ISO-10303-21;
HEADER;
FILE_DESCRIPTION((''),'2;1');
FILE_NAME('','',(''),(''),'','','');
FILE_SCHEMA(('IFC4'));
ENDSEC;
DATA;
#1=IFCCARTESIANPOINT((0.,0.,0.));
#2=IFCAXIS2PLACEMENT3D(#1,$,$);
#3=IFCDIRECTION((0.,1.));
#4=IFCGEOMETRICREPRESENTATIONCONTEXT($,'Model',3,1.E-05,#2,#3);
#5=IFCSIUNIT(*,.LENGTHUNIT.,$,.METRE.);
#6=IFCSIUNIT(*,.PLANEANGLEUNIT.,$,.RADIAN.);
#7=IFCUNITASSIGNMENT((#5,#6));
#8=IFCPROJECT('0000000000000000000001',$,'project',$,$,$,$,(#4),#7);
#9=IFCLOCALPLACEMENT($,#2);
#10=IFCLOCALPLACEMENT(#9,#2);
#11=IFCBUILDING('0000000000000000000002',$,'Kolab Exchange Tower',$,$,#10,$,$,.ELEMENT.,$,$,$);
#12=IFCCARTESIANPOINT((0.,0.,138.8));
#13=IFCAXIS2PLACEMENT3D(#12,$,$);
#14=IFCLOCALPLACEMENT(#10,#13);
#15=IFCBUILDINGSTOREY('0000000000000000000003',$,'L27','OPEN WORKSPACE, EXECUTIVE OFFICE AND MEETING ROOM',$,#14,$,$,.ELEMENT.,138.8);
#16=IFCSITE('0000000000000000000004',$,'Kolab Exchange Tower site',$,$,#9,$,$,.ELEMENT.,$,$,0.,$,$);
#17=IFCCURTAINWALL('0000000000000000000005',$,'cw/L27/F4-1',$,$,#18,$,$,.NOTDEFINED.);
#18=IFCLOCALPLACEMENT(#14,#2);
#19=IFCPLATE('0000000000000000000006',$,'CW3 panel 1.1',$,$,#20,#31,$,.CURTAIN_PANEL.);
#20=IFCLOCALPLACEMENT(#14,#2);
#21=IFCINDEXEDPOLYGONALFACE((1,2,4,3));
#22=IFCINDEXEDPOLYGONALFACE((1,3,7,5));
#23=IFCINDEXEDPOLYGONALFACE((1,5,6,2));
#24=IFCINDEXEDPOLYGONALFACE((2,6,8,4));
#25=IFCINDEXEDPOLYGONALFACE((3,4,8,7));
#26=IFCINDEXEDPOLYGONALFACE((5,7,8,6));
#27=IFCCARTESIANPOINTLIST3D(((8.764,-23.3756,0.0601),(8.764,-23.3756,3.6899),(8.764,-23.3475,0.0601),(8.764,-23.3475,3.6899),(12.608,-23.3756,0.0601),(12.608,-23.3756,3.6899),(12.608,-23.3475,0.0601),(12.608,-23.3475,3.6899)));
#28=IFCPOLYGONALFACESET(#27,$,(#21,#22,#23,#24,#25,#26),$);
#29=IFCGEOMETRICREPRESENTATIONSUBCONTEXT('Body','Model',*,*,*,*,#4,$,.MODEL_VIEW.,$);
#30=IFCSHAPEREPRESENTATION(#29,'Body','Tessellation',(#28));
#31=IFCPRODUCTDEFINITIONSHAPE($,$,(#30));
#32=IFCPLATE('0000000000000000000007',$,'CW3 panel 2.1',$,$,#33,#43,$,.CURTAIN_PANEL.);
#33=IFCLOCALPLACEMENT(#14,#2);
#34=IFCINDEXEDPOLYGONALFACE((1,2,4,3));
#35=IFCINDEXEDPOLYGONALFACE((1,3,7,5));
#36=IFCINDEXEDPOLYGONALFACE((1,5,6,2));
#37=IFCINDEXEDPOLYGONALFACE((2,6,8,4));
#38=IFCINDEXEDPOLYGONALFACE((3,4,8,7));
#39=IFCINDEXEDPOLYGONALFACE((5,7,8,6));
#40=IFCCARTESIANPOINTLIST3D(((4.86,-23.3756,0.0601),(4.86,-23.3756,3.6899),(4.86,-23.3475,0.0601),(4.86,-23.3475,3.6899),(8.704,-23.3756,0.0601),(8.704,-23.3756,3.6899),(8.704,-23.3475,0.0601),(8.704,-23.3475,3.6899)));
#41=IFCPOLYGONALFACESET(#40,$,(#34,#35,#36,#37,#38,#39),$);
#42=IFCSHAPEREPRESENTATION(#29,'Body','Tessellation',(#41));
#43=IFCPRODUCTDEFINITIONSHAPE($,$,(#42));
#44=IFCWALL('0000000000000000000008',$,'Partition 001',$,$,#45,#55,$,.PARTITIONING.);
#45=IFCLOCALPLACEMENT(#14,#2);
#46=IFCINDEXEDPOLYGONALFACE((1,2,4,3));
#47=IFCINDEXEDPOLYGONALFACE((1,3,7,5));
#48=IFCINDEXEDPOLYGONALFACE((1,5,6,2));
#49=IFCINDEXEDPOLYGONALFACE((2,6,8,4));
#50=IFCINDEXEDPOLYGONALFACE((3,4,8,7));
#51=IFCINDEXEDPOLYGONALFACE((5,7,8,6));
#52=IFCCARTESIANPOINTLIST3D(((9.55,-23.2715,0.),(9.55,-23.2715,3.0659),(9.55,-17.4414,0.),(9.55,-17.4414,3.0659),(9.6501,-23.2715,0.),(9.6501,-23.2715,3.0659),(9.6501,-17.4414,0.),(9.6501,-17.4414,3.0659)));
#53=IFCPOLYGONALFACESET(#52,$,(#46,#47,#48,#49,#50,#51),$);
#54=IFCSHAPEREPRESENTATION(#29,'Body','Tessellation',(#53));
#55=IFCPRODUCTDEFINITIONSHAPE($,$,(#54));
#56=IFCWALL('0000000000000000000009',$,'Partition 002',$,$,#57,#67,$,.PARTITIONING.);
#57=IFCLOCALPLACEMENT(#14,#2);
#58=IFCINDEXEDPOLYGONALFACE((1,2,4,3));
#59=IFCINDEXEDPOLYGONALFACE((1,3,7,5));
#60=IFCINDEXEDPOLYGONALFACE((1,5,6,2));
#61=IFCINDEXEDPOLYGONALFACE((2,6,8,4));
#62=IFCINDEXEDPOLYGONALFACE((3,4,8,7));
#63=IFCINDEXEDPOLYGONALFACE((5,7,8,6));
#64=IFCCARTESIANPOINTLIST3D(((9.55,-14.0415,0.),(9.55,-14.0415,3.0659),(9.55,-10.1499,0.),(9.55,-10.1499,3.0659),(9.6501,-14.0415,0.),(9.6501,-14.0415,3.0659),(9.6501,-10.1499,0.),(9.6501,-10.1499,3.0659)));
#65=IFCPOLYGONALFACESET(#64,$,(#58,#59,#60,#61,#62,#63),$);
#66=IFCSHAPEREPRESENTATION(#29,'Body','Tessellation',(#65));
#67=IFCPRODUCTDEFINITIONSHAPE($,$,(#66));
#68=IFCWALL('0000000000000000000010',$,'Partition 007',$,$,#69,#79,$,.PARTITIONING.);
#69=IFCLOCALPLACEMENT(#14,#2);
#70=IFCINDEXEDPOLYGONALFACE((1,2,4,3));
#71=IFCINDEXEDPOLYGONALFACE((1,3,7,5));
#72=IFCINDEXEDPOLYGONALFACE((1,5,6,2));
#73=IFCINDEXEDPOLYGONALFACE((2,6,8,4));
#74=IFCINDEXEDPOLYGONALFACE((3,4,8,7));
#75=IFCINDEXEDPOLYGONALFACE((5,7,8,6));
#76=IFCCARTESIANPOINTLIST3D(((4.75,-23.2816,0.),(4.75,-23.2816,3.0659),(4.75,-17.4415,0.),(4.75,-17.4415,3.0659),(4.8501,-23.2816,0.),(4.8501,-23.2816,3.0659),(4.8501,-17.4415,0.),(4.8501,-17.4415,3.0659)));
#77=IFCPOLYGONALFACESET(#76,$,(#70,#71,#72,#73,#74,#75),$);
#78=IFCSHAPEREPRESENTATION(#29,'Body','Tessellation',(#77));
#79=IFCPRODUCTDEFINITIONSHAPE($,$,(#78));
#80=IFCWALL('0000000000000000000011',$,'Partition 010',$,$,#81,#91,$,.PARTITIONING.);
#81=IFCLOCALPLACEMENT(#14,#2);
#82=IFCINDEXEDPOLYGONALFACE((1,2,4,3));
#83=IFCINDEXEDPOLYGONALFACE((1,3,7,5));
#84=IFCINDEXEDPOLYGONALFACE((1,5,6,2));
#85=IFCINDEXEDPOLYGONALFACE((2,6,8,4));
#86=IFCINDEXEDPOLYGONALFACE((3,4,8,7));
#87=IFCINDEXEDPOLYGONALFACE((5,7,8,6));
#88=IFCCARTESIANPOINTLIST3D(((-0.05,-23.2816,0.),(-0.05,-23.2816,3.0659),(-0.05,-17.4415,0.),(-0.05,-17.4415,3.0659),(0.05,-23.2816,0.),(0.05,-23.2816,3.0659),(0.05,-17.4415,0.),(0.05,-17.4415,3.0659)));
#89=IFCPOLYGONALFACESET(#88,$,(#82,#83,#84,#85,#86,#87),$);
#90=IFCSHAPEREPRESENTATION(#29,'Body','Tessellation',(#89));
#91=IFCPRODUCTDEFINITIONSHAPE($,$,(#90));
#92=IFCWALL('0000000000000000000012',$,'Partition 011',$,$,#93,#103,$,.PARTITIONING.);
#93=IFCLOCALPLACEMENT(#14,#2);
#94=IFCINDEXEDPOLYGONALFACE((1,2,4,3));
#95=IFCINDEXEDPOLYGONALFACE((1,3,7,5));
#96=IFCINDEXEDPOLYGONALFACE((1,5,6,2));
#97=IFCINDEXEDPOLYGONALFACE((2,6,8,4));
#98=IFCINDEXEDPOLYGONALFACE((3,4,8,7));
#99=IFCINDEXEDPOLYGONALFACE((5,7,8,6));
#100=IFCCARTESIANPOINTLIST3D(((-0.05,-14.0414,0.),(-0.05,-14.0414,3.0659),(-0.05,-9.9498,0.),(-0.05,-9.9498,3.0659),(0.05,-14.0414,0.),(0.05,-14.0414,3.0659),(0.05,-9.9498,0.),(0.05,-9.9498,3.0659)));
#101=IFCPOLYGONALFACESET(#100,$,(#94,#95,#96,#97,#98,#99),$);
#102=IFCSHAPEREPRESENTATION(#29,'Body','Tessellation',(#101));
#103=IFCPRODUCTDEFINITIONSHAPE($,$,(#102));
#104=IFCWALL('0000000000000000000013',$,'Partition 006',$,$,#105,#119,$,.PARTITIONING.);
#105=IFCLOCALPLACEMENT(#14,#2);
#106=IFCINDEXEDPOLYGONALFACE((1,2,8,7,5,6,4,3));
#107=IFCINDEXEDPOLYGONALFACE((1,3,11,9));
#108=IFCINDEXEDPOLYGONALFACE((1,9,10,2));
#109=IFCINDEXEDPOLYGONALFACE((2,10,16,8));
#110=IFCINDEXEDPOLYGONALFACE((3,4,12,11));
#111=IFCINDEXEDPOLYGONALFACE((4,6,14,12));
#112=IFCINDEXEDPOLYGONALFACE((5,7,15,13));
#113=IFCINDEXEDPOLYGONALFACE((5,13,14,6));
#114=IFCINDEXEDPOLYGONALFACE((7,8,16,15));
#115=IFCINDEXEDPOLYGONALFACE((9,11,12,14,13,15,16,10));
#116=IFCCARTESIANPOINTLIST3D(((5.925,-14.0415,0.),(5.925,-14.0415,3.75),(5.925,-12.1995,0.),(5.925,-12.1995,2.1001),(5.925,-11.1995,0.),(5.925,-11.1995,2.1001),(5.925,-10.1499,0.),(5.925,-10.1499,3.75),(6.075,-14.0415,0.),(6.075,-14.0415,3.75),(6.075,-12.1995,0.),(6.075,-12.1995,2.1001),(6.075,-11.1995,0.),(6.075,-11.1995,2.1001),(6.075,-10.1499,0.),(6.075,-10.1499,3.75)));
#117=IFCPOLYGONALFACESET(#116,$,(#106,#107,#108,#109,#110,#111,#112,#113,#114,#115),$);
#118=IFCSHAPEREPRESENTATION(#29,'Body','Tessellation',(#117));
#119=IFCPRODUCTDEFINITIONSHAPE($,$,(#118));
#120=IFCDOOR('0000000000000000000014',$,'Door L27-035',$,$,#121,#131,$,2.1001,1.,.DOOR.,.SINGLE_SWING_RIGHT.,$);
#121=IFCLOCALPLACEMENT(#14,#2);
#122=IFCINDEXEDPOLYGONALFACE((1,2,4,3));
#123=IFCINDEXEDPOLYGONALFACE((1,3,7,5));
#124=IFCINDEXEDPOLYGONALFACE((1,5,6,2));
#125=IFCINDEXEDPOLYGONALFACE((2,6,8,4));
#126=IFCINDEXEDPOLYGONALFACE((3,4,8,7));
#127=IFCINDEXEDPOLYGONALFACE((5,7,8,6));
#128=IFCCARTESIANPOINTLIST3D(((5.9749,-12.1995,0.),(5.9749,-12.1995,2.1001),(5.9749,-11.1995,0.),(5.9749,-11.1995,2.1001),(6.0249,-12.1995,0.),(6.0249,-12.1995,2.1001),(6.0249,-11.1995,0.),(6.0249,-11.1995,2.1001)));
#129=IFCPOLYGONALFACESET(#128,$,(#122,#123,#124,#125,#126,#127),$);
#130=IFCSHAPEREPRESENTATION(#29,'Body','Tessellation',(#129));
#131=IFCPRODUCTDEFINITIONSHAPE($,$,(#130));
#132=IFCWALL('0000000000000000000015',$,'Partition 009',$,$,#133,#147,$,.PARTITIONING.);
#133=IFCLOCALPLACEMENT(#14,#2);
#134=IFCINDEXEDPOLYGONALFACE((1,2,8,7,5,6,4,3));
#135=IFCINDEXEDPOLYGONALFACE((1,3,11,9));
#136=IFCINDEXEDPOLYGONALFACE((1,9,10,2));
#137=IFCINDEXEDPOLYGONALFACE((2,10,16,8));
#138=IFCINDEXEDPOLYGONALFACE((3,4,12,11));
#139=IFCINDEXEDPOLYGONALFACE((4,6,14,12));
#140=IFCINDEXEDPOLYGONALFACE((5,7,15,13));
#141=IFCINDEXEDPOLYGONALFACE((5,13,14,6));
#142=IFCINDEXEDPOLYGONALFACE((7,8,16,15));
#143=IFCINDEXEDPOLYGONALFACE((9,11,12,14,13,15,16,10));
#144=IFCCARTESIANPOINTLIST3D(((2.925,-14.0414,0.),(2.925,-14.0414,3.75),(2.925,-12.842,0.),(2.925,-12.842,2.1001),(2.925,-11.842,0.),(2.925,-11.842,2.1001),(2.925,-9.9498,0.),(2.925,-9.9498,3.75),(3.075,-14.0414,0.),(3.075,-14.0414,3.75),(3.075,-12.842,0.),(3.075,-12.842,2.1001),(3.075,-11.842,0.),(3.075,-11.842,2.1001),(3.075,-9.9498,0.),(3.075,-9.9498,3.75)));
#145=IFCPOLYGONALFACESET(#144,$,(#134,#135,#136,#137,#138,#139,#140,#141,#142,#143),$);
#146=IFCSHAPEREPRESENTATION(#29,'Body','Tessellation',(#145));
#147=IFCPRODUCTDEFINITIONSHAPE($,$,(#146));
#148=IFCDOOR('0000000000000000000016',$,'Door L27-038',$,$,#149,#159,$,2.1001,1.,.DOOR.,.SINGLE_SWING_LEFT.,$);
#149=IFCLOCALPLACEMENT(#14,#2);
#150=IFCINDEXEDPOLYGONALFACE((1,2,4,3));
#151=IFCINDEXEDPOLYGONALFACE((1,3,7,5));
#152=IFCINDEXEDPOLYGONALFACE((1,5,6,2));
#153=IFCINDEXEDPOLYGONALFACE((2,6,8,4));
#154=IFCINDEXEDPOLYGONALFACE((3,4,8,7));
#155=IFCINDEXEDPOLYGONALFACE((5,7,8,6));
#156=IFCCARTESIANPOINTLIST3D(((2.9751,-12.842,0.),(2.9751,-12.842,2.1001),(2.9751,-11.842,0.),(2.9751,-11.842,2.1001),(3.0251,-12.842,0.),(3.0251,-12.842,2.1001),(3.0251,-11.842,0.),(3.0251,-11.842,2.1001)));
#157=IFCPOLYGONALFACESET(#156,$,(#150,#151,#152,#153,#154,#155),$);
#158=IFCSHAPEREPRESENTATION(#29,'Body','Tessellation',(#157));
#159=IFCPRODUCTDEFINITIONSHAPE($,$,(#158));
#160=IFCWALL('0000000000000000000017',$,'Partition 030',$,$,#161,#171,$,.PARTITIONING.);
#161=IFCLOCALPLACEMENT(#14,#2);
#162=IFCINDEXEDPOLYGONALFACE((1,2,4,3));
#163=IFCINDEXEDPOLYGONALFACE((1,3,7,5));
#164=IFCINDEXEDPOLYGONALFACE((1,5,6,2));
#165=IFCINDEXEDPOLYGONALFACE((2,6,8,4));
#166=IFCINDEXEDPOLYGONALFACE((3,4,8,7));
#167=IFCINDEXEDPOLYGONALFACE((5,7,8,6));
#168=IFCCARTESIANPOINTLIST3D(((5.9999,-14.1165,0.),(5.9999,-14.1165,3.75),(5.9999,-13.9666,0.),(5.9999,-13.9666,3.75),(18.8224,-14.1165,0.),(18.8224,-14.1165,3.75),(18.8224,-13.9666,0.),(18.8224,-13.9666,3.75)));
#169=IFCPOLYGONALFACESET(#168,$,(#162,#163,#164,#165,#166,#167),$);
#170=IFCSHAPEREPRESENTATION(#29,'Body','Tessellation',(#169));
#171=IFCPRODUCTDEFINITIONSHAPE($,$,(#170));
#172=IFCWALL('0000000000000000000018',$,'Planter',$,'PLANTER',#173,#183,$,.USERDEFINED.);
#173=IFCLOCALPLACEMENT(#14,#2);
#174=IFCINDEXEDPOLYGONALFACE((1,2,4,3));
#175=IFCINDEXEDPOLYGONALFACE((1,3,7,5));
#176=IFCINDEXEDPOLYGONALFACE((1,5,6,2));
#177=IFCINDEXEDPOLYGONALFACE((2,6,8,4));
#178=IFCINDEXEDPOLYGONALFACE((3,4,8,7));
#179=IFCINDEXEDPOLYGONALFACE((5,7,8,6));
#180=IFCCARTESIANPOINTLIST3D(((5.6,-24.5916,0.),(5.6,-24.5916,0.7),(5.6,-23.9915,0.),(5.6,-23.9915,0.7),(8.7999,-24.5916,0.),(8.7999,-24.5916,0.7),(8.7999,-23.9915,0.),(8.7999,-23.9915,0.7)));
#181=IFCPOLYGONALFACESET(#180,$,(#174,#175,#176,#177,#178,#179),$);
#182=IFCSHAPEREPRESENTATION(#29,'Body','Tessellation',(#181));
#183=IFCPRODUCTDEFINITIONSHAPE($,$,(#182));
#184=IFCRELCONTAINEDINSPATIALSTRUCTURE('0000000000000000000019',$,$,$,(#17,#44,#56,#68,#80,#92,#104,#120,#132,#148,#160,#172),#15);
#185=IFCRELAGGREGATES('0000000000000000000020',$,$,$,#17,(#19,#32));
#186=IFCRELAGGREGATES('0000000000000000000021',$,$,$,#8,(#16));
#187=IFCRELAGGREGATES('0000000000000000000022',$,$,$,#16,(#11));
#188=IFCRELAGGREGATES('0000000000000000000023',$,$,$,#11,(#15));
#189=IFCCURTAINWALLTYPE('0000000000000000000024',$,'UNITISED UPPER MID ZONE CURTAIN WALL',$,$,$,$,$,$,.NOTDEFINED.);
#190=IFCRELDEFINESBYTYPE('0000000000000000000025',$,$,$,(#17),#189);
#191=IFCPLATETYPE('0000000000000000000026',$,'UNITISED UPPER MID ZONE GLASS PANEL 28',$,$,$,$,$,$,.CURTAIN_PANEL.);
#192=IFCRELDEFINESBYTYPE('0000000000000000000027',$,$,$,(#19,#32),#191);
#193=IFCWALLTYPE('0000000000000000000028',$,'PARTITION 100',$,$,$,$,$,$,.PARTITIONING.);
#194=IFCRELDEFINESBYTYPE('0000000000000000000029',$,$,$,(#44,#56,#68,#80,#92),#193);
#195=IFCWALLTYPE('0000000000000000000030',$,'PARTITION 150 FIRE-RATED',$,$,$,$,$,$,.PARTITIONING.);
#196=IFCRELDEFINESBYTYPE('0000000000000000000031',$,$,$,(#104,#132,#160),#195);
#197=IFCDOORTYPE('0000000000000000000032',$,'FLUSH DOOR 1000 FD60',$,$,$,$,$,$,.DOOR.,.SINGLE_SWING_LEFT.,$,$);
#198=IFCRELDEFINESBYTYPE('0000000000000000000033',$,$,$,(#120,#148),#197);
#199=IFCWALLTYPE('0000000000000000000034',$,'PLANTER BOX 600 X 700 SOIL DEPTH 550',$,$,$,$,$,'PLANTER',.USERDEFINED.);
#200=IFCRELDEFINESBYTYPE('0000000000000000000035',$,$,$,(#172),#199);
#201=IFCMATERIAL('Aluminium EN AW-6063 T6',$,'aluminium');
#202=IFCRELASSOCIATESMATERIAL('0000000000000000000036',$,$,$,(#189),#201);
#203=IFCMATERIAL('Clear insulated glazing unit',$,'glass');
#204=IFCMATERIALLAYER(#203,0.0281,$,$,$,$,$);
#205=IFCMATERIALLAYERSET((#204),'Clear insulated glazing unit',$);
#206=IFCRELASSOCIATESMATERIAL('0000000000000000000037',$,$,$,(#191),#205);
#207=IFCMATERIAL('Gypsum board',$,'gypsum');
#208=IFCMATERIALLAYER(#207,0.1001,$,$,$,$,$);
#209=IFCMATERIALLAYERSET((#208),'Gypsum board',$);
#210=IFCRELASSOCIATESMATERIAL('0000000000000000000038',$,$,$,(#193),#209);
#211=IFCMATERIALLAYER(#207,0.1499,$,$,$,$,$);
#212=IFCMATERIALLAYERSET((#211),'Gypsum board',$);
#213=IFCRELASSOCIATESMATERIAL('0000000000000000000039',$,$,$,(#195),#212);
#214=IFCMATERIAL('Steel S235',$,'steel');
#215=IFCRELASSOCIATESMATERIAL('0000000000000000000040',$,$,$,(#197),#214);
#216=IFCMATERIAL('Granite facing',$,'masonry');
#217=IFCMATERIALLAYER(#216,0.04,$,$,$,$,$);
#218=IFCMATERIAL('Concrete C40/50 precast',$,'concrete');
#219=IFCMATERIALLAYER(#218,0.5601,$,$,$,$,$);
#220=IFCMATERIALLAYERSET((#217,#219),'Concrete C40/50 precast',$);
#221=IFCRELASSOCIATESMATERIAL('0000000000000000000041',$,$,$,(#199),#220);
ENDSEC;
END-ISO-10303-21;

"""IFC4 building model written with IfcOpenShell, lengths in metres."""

from ifc_helpers import new_model, si_unit, direction, frame, frame_2d, origin, origin_2d, place, context, subcontext, project, spatial, rectangle, extrude, material, layer, layer_set, type_object, element, fill, aggregate, save


model = new_model("IFC4")

# Units and contexts
model_context = context("Model", 3, precision=1e-05, world=origin(), true_north=direction((0.0, 1.0)))
body_context = subcontext(model_context, "Body", "Model", "MODEL_VIEW")
ifc_project = project(units=[si_unit("LENGTHUNIT", "METRE"), si_unit("PLANEANGLEUNIT", "RADIAN")], contexts=[model_context])

# Site, building, storey
site_placement = place(None, origin())
site = spatial("IfcSite", under=ifc_project, at=site_placement, Name="Kolab Exchange Tower site", CompositionType="ELEMENT", RefElevation=0.0)
building_placement = place(site_placement, origin())
building = spatial("IfcBuilding", under=site, at=building_placement, Name="Kolab Exchange Tower", CompositionType="ELEMENT")
storey_placement = place(building_placement, frame((0.0, 0.0, 138.8)))
storey = spatial("IfcBuildingStorey", under=building, at=storey_placement, Name="L27", Description="OPEN WORKSPACE, EXECUTIVE OFFICE AND MEETING ROOM", CompositionType="ELEMENT", Elevation=138.8)

# Curtain wall, plates
ifc_material_1 = material(Name="Aluminium EN AW-6063 T6", Category="aluminium")
curtain_wall_type = type_object("IfcCurtainWallType", Name="UNITISED UPPER MID ZONE CURTAIN WALL", PredefinedType="NOTDEFINED", material=ifc_material_1)
curtain_wall_placement = place(storey_placement, origin())
curtain_wall = element("IfcCurtainWall", 1, at=curtain_wall_placement, inside=storey, type_object=curtain_wall_type, Name="cw/L27/F4-1", PredefinedType="NOTDEFINED")
ifc_material_2 = material(Name="Clear insulated glazing unit", Category="glass")
ifc_layer_1 = layer(ifc_material_2, 0.0281)
ifc_layer_set_1 = layer_set([ifc_layer_1], Name="Clear insulated glazing unit")
plate_type = type_object("IfcPlateType", Name="UNITISED UPPER MID ZONE GLASS PANEL 28", PredefinedType="CURTAIN_PANEL", material=ifc_layer_set_1)
plate_1_placement = place(storey_placement, frame((10.686, -23.3616, 0.0601), z_axis=(0.0, 0.0, 1.0), x_axis=(-1.0, 0.0, 0.0)))
plate_1 = element("IfcPlate", 2, at=plate_1_placement, type_object=plate_type, Name="CW3 panel 1.1", PredefinedType="CURTAIN_PANEL", context=body_context, shape_type="SweptSolid", body=[
    extrude(rectangle(XDim=3.844, YDim=0.0281, at=origin_2d()), origin(), (0.0, 0.0, 1.0), 3.6299),
])
plate_2_placement = place(storey_placement, frame((6.782, -23.3616, 0.0601), z_axis=(0.0, 0.0, 1.0), x_axis=(-1.0, 0.0, 0.0)))
plate_2 = element("IfcPlate", 3, at=plate_2_placement, type_object=plate_type, Name="CW3 panel 2.1", PredefinedType="CURTAIN_PANEL", context=body_context, shape_type="SweptSolid", body=[
    extrude(rectangle(XDim=3.844, YDim=0.0281, at=origin_2d()), origin(), (0.0, 0.0, 1.0), 3.6299),
])
aggregate(curtain_wall, [plate_1, plate_2])

# Walls
ifc_material_3 = material(Name="Gypsum board", Category="gypsum")
ifc_layer_2 = layer(ifc_material_3, 0.1001)
ifc_layer_set_2 = layer_set([ifc_layer_2], Name="Gypsum board")
wall_type_1 = type_object("IfcWallType", Name="PARTITION 100", PredefinedType="PARTITIONING", material=ifc_layer_set_2)
wall_1_placement = place(storey_placement, frame((9.6001, -23.2715, 0.0), z_axis=(0.0, 0.0, 1.0), x_axis=(0.0, 1.0, 0.0)))
element("IfcWall", 4, at=wall_1_placement, inside=storey, type_object=wall_type_1, Name="Partition 001", PredefinedType="PARTITIONING", context=body_context, shape_type="SweptSolid", body=[
    extrude(rectangle(XDim=5.8301, YDim=0.1001, at=frame_2d((2.915, 0.0))), origin(), (0.0, 0.0, 1.0), 3.0659),
])
wall_2_placement = place(storey_placement, frame((9.6001, -14.0415, 0.0), z_axis=(0.0, 0.0, 1.0), x_axis=(0.0, 1.0, 0.0)))
element("IfcWall", 5, at=wall_2_placement, inside=storey, type_object=wall_type_1, Name="Partition 002", PredefinedType="PARTITIONING", context=body_context, shape_type="SweptSolid", body=[
    extrude(rectangle(XDim=3.8916, YDim=0.1001, at=frame_2d((1.9458, 0.0))), origin(), (0.0, 0.0, 1.0), 3.0659),
])
for number, where, z_axis, x_axis, name in (
    (6, (4.8, -23.2815, 0.0), (0.0, 0.0, 1.0), (0.0, 1.0, 0.0), "Partition 007"),
    (7, (0.0, -23.2815, 0.0), (0.0, 0.0, 1.0), (0.0, 1.0, 0.0), "Partition 010"),
):
    element("IfcWall", number, at=place(storey_placement, frame(where, z_axis=z_axis, x_axis=x_axis)), inside=storey, type_object=wall_type_1, Name=name, PredefinedType="PARTITIONING", context=body_context, shape_type="SweptSolid", body=[
        extrude(rectangle(XDim=5.8401, YDim=0.1001, at=frame_2d((2.9199, 0.0))), origin(), (0.0, 0.0, 1.0), 3.0659),
    ])
wall_3_placement = place(storey_placement, frame((0.0, -14.0415, 0.0), z_axis=(0.0, 0.0, 1.0), x_axis=(0.0, 1.0, 0.0)))
element("IfcWall", 8, at=wall_3_placement, inside=storey, type_object=wall_type_1, Name="Partition 011", PredefinedType="PARTITIONING", context=body_context, shape_type="SweptSolid", body=[
    extrude(rectangle(XDim=4.0916, YDim=0.1001, at=frame_2d((2.0459, 0.0))), origin(), (0.0, 0.0, 1.0), 3.0659),
])

# Walls, openings, doors
ifc_layer_3 = layer(ifc_material_3, 0.1499)
ifc_layer_set_3 = layer_set([ifc_layer_3], Name="Gypsum board")
wall_type_2 = type_object("IfcWallType", Name="PARTITION 150 FIRE-RATED", PredefinedType="PARTITIONING", material=ifc_layer_set_3)
wall_4_placement = place(storey_placement, frame((6.0, -14.0415, 0.0), z_axis=(0.0, 0.0, 1.0), x_axis=(0.0, 1.0, 0.0)))
wall_4 = element("IfcWall", 9, at=wall_4_placement, inside=storey, type_object=wall_type_2, Name="Partition 006", PredefinedType="PARTITIONING", context=body_context, shape_type="SweptSolid", body=[
    extrude(rectangle(XDim=3.8916, YDim=0.1499, at=frame_2d((1.9458, 0.0))), origin(), (0.0, 0.0, 1.0), 3.75),
])
opening_1_placement = place(wall_4_placement, frame((1.842, 0.0, 0.0)))
opening_1 = element("IfcOpeningElement", 10, at=opening_1_placement, cuts=wall_4, PredefinedType="OPENING", context=body_context, shape_type="SweptSolid", body=[
    extrude(rectangle(XDim=1.0, YDim=2.1001, at=frame_2d((0.5, 1.05))), frame((0.0, 0.085, 0.0), z_axis=(0.0, -1.0, 0.0), x_axis=(1.0, 0.0, 0.0)), (0.0, 0.0, 1.0), 0.1699),
])
ifc_material_4 = material(Name="Steel S235", Category="steel")
door_type_1 = type_object("IfcDoorType", Name="FLUSH DOOR 1000 FD60", OperationType="SINGLE_SWING_LEFT", PredefinedType="DOOR", material=ifc_material_4)
door_1_placement = place(opening_1_placement, frame((1.0, 0.0, 0.0), z_axis=(0.0, 0.0, 1.0), x_axis=(-1.0, 0.0, 0.0)))
door_1 = element("IfcDoor", 11, at=door_1_placement, inside=storey, type_object=door_type_1, Name="Door L27-035", OperationType="SINGLE_SWING_RIGHT", OverallHeight=2.1001, OverallWidth=1.0, PredefinedType="DOOR", context=body_context, shape_type="SweptSolid", body=[
    extrude(rectangle(XDim=1.0, YDim=2.1001, at=frame_2d((0.5, 1.05))), frame((0.0, 0.0249, 0.0), z_axis=(0.0, -1.0, 0.0), x_axis=(1.0, 0.0, 0.0)), (0.0, 0.0, 1.0), 0.05),
])
fill(opening_1, door_1)
wall_5_placement = place(storey_placement, frame((3.0, -14.0415, 0.0), z_axis=(0.0, 0.0, 1.0), x_axis=(0.0, 1.0, 0.0)))
wall_5 = element("IfcWall", 12, at=wall_5_placement, inside=storey, type_object=wall_type_2, Name="Partition 009", PredefinedType="PARTITIONING", context=body_context, shape_type="SweptSolid", body=[
    extrude(rectangle(XDim=4.0916, YDim=0.1499, at=frame_2d((2.0459, 0.0))), origin(), (0.0, 0.0, 1.0), 3.75),
])
opening_2_placement = place(wall_5_placement, frame((1.1995, 0.0, 0.0)))
opening_2 = element("IfcOpeningElement", 13, at=opening_2_placement, cuts=wall_5, PredefinedType="OPENING", context=body_context, shape_type="SweptSolid", body=[
    extrude(rectangle(XDim=1.0, YDim=2.1001, at=frame_2d((0.5, 1.05))), frame((0.0, 0.085, 0.0), z_axis=(0.0, -1.0, 0.0), x_axis=(1.0, 0.0, 0.0)), (0.0, 0.0, 1.0), 0.1699),
])
door_2_placement = place(opening_2_placement, origin())
door_2 = element("IfcDoor", 14, at=door_2_placement, inside=storey, type_object=door_type_1, Name="Door L27-038", OperationType="SINGLE_SWING_LEFT", OverallHeight=2.1001, OverallWidth=1.0, PredefinedType="DOOR", context=body_context, shape_type="SweptSolid", body=[
    extrude(rectangle(XDim=1.0, YDim=2.1001, at=frame_2d((0.5, 1.05))), frame((0.0, 0.0249, 0.0), z_axis=(0.0, -1.0, 0.0), x_axis=(1.0, 0.0, 0.0)), (0.0, 0.0, 1.0), 0.05),
])
fill(opening_2, door_2)

# Walls
wall_6_placement = place(storey_placement, frame((6.0, -14.0415, 0.0), z_axis=(0.0, 0.0, 1.0), x_axis=(1.0, 0.0, 0.0)))
element("IfcWall", 15, at=wall_6_placement, inside=storey, type_object=wall_type_2, Name="Partition 030", PredefinedType="PARTITIONING", context=body_context, shape_type="SweptSolid", body=[
    extrude(rectangle(XDim=12.8225, YDim=0.1499, at=frame_2d((6.4111, 0.0))), origin(), (0.0, 0.0, 1.0), 3.75),
])
ifc_material_5 = material(Name="Granite facing", Category="masonry")
ifc_layer_4 = layer(ifc_material_5, 0.04)
ifc_material_6 = material(Name="Concrete C40/50 precast", Category="concrete")
ifc_layer_5 = layer(ifc_material_6, 0.5601)
ifc_layer_set_4 = layer_set([ifc_layer_4, ifc_layer_5], Name="Concrete C40/50 precast")
wall_type_3 = type_object("IfcWallType", Name="PLANTER BOX 600 X 700 SOIL DEPTH 550", ElementType="PLANTER", PredefinedType="USERDEFINED", material=ifc_layer_set_4)
wall_7_placement = place(storey_placement, frame((8.8, -24.2915, 0.0), z_axis=(0.0, 0.0, 1.0), x_axis=(-1.0, 0.0, 0.0)))
element("IfcWall", 16, at=wall_7_placement, inside=storey, type_object=wall_type_3, Name="Planter", ObjectType="PLANTER", PredefinedType="USERDEFINED", context=body_context, shape_type="SweptSolid", body=[
    extrude(rectangle(XDim=3.2, YDim=0.6001, at=frame_2d((1.6001, 0.0))), origin(), (0.0, 0.0, 1.0), 0.7),
])

save(model, "model.ifc")
